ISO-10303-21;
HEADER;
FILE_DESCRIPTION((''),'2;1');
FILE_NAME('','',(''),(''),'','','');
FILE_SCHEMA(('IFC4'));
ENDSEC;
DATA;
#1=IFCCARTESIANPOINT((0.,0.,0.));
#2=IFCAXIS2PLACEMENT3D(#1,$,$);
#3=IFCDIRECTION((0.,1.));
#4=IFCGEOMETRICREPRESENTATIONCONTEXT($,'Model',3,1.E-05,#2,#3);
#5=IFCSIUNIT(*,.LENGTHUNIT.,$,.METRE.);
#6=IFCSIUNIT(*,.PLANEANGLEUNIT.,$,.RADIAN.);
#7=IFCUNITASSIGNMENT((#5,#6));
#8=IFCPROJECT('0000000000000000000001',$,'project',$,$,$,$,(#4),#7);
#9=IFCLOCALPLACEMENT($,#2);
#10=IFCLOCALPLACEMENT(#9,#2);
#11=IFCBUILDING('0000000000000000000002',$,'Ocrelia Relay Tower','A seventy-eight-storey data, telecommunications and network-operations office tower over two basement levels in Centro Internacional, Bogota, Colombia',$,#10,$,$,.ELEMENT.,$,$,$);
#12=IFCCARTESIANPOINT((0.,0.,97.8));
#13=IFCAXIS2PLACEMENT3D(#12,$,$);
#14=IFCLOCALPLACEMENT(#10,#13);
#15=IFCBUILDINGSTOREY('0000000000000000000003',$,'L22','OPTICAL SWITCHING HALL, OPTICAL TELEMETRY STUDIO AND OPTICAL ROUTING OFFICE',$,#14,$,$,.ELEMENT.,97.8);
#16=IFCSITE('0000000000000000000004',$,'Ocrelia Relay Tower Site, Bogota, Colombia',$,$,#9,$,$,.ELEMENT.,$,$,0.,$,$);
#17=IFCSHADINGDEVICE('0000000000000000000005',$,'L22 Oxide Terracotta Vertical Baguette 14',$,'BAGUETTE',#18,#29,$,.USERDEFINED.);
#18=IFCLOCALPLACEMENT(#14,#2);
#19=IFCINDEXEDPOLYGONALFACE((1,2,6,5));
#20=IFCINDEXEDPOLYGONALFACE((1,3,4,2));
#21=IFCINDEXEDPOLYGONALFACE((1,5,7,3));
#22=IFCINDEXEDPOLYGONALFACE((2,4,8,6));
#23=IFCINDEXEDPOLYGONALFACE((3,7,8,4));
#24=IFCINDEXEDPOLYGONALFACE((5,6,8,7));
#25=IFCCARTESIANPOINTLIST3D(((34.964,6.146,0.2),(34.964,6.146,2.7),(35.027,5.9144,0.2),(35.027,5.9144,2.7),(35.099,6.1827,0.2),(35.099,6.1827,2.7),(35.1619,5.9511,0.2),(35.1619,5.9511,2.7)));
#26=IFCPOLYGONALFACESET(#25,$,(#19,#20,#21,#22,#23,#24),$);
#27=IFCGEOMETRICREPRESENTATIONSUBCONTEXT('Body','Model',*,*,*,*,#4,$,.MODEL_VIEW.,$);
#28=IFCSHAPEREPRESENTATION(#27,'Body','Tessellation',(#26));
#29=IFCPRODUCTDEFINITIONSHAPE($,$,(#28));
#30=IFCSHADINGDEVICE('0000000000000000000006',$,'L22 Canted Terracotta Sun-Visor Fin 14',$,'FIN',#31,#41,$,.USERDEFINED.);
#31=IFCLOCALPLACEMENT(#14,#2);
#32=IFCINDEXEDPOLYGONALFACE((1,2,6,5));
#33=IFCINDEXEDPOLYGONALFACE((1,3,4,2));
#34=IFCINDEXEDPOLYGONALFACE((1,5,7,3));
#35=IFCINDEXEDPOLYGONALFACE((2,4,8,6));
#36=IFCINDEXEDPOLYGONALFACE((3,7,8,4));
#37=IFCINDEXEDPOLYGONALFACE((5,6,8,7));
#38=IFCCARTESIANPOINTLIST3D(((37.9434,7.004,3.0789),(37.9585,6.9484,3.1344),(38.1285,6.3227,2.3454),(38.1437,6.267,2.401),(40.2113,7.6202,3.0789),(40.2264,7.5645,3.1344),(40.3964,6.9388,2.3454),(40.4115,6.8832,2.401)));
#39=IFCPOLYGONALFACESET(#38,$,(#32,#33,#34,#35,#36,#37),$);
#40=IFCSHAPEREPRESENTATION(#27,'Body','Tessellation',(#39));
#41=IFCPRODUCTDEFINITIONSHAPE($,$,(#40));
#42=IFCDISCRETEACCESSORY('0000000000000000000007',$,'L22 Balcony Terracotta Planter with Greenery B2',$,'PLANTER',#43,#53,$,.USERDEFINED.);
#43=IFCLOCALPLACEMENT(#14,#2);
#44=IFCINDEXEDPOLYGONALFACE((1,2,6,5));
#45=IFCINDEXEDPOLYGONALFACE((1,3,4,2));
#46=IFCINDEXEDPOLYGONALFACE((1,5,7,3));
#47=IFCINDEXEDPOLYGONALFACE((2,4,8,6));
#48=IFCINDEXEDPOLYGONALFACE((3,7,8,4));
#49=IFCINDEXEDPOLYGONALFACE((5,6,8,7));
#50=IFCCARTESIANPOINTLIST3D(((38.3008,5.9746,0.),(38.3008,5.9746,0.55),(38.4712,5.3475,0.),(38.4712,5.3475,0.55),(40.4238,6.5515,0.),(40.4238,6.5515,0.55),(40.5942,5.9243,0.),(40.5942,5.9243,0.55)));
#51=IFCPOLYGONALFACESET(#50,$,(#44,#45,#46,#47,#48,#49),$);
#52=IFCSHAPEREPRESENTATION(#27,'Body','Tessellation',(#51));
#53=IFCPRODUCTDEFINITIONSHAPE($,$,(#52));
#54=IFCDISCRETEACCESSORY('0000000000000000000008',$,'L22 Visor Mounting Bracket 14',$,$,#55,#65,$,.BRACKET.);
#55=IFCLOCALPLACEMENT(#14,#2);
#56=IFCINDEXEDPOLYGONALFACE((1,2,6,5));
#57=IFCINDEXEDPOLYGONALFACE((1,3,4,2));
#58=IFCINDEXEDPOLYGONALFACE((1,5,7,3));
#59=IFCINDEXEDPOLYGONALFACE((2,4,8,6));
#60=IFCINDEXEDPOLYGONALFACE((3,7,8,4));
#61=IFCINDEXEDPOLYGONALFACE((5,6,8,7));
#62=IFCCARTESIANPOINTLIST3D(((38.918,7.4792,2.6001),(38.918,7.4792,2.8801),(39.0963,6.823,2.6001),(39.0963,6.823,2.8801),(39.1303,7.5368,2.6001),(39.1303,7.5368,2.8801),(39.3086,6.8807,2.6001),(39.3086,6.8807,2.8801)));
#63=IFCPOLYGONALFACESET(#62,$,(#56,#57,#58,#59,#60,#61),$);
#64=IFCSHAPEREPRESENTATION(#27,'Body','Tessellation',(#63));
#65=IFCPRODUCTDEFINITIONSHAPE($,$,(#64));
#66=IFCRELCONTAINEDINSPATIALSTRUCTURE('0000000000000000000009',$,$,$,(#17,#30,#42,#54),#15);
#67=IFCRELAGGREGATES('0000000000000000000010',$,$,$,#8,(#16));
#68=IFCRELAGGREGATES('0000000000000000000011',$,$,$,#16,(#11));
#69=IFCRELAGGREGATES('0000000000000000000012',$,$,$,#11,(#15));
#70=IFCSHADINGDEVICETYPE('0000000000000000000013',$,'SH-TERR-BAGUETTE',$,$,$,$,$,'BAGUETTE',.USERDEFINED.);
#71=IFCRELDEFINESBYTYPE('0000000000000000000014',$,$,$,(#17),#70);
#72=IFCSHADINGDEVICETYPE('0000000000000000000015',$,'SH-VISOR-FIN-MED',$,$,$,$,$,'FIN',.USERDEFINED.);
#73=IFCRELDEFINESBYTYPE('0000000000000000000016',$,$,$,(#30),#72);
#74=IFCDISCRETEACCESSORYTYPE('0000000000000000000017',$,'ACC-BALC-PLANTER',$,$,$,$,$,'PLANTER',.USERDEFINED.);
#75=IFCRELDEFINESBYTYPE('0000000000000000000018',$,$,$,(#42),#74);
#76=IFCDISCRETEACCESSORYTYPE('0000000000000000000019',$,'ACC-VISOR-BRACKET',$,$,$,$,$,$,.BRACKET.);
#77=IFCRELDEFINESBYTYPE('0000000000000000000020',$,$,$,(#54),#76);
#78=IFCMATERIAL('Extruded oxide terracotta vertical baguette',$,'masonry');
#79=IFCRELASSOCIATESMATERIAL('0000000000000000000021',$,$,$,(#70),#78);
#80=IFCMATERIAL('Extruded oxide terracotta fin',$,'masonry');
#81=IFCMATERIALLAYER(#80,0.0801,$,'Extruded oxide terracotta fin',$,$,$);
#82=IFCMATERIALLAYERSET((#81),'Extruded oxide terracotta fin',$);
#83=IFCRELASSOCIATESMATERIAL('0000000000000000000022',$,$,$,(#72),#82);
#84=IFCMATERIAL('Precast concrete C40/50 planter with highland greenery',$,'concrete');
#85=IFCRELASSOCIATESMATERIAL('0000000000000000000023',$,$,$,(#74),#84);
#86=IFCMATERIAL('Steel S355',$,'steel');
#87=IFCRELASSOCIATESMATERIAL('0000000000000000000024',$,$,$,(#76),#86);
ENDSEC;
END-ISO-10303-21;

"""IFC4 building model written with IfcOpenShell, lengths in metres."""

from ifc_helpers import new_model, si_unit, direction, frame, origin, origin_2d, place, context, subcontext, project, spatial, rectangle, extrude, material, layer, layer_set, type_object, element, save


model = new_model("IFC4")

# Units and contexts
model_context = context("Model", 3, precision=1e-05, world=origin(), true_north=direction((0.0, 1.0)))
body_context = subcontext(model_context, "Body", "Model", "MODEL_VIEW")
ifc_project = project(units=[si_unit("LENGTHUNIT", "METRE"), si_unit("PLANEANGLEUNIT", "RADIAN")], contexts=[model_context])

# Site, building, storey
site_placement = place(None, origin())
site = spatial("IfcSite", under=ifc_project, at=site_placement, Name="Ocrelia Relay Tower Site, Bogota, Colombia", CompositionType="ELEMENT", RefElevation=0.0)
building_placement = place(site_placement, origin())
building = spatial("IfcBuilding", under=site, at=building_placement, Name="Ocrelia Relay Tower", Description="A seventy-eight-storey data, telecommunications and network-operations office tower over two basement levels in Centro Internacional, Bogota, Colombia", CompositionType="ELEMENT")
storey_placement = place(building_placement, frame((0.0, 0.0, 97.8)))
storey = spatial("IfcBuildingStorey", under=building, at=storey_placement, Name="L22", Description="OPTICAL SWITCHING HALL, OPTICAL TELEMETRY STUDIO AND OPTICAL ROUTING OFFICE", CompositionType="ELEMENT", Elevation=97.8)

# Shared definitions
ifc_material_1 = material(Name="Steel S355", Category="steel")

# Shading devices
ifc_material_2 = material(Name="Extruded oxide terracotta vertical baguette", Category="masonry")
shading_device_type_1 = type_object("IfcShadingDeviceType", Name="SH-TERR-BAGUETTE", ElementType="BAGUETTE", PredefinedType="USERDEFINED", material=ifc_material_2)
shading_device_1_placement = place(storey_placement, frame((35.063, 6.0486, 0.2), z_axis=(0.0, 0.0, 1.0), x_axis=(0.965015, 0.262194, 0.0)))
element("IfcShadingDevice", 1, at=shading_device_1_placement, inside=storey, type_object=shading_device_type_1, Name="L22 Oxide Terracotta Vertical Baguette 14", ObjectType="BAGUETTE", PredefinedType="USERDEFINED", context=body_context, shape_type="SweptSolid", body=[
    extrude(rectangle(XDim=0.1399, YDim=0.24, at=origin_2d()), origin(), (0.0, 0.0, 1.0), 2.5),
])
ifc_material_3 = material(Name="Extruded oxide terracotta fin", Category="masonry")
ifc_layer_1 = layer(ifc_material_3, 0.0801, Name="Extruded oxide terracotta fin")
ifc_layer_set_1 = layer_set([ifc_layer_1], Name="Extruded oxide terracotta fin")
shading_device_type_2 = type_object("IfcShadingDeviceType", Name="SH-VISOR-FIN-MED", ElementType="FIN", PredefinedType="USERDEFINED", material=ifc_layer_set_1)
shading_device_2_placement = place(storey_placement, frame((39.1699, 6.9714, 2.7122), z_axis=(0.188893, -0.695226, 0.693528), x_axis=(0.965015, 0.262194, 0.0)))
element("IfcShadingDevice", 2, at=shading_device_2_placement, inside=storey, type_object=shading_device_type_2, Name="L22 Canted Terracotta Sun-Visor Fin 14", ObjectType="FIN", PredefinedType="USERDEFINED", context=body_context, shape_type="SweptSolid", body=[
    extrude(rectangle(XDim=2.3501, YDim=1.0181, at=origin_2d()), origin(), (0.0, 0.0, 1.0), 0.0801),
])

# Discrete accessories
ifc_material_4 = material(Name="Precast concrete C40/50 planter with highland greenery", Category="concrete")
discrete_accessory_type_1 = type_object("IfcDiscreteAccessoryType", Name="ACC-BALC-PLANTER", ElementType="PLANTER", PredefinedType="USERDEFINED", material=ifc_material_4)
discrete_accessory_1_placement = place(storey_placement, frame((39.4475, 5.9495, 0.0), z_axis=(0.0, 0.0, 1.0), x_axis=(-0.965016, -0.262192, 0.0)))
element("IfcDiscreteAccessory", 3, at=discrete_accessory_1_placement, inside=storey, type_object=discrete_accessory_type_1, Name="L22 Balcony Terracotta Planter with Greenery B2", ObjectType="PLANTER", PredefinedType="USERDEFINED", context=body_context, shape_type="SweptSolid", body=[
    extrude(rectangle(XDim=2.2, YDim=0.6499, at=origin_2d()), origin(), (0.0, 0.0, 1.0), 0.55),
])
discrete_accessory_type_2 = type_object("IfcDiscreteAccessoryType", Name="ACC-VISOR-BRACKET", PredefinedType="BRACKET", material=ifc_material_1)
discrete_accessory_2_placement = place(storey_placement, frame((39.1133, 7.1799, 2.6001), z_axis=(0.0, 0.0, 1.0), x_axis=(0.965015, 0.262194, 0.0)))
element("IfcDiscreteAccessory", 4, at=discrete_accessory_2_placement, inside=storey, type_object=discrete_accessory_type_2, Name="L22 Visor Mounting Bracket 14", PredefinedType="BRACKET", context=body_context, shape_type="SweptSolid", body=[
    extrude(rectangle(XDim=0.22, YDim=0.6799, at=origin_2d()), origin(), (0.0, 0.0, 1.0), 0.28),
])

save(model, "model.ifc")
